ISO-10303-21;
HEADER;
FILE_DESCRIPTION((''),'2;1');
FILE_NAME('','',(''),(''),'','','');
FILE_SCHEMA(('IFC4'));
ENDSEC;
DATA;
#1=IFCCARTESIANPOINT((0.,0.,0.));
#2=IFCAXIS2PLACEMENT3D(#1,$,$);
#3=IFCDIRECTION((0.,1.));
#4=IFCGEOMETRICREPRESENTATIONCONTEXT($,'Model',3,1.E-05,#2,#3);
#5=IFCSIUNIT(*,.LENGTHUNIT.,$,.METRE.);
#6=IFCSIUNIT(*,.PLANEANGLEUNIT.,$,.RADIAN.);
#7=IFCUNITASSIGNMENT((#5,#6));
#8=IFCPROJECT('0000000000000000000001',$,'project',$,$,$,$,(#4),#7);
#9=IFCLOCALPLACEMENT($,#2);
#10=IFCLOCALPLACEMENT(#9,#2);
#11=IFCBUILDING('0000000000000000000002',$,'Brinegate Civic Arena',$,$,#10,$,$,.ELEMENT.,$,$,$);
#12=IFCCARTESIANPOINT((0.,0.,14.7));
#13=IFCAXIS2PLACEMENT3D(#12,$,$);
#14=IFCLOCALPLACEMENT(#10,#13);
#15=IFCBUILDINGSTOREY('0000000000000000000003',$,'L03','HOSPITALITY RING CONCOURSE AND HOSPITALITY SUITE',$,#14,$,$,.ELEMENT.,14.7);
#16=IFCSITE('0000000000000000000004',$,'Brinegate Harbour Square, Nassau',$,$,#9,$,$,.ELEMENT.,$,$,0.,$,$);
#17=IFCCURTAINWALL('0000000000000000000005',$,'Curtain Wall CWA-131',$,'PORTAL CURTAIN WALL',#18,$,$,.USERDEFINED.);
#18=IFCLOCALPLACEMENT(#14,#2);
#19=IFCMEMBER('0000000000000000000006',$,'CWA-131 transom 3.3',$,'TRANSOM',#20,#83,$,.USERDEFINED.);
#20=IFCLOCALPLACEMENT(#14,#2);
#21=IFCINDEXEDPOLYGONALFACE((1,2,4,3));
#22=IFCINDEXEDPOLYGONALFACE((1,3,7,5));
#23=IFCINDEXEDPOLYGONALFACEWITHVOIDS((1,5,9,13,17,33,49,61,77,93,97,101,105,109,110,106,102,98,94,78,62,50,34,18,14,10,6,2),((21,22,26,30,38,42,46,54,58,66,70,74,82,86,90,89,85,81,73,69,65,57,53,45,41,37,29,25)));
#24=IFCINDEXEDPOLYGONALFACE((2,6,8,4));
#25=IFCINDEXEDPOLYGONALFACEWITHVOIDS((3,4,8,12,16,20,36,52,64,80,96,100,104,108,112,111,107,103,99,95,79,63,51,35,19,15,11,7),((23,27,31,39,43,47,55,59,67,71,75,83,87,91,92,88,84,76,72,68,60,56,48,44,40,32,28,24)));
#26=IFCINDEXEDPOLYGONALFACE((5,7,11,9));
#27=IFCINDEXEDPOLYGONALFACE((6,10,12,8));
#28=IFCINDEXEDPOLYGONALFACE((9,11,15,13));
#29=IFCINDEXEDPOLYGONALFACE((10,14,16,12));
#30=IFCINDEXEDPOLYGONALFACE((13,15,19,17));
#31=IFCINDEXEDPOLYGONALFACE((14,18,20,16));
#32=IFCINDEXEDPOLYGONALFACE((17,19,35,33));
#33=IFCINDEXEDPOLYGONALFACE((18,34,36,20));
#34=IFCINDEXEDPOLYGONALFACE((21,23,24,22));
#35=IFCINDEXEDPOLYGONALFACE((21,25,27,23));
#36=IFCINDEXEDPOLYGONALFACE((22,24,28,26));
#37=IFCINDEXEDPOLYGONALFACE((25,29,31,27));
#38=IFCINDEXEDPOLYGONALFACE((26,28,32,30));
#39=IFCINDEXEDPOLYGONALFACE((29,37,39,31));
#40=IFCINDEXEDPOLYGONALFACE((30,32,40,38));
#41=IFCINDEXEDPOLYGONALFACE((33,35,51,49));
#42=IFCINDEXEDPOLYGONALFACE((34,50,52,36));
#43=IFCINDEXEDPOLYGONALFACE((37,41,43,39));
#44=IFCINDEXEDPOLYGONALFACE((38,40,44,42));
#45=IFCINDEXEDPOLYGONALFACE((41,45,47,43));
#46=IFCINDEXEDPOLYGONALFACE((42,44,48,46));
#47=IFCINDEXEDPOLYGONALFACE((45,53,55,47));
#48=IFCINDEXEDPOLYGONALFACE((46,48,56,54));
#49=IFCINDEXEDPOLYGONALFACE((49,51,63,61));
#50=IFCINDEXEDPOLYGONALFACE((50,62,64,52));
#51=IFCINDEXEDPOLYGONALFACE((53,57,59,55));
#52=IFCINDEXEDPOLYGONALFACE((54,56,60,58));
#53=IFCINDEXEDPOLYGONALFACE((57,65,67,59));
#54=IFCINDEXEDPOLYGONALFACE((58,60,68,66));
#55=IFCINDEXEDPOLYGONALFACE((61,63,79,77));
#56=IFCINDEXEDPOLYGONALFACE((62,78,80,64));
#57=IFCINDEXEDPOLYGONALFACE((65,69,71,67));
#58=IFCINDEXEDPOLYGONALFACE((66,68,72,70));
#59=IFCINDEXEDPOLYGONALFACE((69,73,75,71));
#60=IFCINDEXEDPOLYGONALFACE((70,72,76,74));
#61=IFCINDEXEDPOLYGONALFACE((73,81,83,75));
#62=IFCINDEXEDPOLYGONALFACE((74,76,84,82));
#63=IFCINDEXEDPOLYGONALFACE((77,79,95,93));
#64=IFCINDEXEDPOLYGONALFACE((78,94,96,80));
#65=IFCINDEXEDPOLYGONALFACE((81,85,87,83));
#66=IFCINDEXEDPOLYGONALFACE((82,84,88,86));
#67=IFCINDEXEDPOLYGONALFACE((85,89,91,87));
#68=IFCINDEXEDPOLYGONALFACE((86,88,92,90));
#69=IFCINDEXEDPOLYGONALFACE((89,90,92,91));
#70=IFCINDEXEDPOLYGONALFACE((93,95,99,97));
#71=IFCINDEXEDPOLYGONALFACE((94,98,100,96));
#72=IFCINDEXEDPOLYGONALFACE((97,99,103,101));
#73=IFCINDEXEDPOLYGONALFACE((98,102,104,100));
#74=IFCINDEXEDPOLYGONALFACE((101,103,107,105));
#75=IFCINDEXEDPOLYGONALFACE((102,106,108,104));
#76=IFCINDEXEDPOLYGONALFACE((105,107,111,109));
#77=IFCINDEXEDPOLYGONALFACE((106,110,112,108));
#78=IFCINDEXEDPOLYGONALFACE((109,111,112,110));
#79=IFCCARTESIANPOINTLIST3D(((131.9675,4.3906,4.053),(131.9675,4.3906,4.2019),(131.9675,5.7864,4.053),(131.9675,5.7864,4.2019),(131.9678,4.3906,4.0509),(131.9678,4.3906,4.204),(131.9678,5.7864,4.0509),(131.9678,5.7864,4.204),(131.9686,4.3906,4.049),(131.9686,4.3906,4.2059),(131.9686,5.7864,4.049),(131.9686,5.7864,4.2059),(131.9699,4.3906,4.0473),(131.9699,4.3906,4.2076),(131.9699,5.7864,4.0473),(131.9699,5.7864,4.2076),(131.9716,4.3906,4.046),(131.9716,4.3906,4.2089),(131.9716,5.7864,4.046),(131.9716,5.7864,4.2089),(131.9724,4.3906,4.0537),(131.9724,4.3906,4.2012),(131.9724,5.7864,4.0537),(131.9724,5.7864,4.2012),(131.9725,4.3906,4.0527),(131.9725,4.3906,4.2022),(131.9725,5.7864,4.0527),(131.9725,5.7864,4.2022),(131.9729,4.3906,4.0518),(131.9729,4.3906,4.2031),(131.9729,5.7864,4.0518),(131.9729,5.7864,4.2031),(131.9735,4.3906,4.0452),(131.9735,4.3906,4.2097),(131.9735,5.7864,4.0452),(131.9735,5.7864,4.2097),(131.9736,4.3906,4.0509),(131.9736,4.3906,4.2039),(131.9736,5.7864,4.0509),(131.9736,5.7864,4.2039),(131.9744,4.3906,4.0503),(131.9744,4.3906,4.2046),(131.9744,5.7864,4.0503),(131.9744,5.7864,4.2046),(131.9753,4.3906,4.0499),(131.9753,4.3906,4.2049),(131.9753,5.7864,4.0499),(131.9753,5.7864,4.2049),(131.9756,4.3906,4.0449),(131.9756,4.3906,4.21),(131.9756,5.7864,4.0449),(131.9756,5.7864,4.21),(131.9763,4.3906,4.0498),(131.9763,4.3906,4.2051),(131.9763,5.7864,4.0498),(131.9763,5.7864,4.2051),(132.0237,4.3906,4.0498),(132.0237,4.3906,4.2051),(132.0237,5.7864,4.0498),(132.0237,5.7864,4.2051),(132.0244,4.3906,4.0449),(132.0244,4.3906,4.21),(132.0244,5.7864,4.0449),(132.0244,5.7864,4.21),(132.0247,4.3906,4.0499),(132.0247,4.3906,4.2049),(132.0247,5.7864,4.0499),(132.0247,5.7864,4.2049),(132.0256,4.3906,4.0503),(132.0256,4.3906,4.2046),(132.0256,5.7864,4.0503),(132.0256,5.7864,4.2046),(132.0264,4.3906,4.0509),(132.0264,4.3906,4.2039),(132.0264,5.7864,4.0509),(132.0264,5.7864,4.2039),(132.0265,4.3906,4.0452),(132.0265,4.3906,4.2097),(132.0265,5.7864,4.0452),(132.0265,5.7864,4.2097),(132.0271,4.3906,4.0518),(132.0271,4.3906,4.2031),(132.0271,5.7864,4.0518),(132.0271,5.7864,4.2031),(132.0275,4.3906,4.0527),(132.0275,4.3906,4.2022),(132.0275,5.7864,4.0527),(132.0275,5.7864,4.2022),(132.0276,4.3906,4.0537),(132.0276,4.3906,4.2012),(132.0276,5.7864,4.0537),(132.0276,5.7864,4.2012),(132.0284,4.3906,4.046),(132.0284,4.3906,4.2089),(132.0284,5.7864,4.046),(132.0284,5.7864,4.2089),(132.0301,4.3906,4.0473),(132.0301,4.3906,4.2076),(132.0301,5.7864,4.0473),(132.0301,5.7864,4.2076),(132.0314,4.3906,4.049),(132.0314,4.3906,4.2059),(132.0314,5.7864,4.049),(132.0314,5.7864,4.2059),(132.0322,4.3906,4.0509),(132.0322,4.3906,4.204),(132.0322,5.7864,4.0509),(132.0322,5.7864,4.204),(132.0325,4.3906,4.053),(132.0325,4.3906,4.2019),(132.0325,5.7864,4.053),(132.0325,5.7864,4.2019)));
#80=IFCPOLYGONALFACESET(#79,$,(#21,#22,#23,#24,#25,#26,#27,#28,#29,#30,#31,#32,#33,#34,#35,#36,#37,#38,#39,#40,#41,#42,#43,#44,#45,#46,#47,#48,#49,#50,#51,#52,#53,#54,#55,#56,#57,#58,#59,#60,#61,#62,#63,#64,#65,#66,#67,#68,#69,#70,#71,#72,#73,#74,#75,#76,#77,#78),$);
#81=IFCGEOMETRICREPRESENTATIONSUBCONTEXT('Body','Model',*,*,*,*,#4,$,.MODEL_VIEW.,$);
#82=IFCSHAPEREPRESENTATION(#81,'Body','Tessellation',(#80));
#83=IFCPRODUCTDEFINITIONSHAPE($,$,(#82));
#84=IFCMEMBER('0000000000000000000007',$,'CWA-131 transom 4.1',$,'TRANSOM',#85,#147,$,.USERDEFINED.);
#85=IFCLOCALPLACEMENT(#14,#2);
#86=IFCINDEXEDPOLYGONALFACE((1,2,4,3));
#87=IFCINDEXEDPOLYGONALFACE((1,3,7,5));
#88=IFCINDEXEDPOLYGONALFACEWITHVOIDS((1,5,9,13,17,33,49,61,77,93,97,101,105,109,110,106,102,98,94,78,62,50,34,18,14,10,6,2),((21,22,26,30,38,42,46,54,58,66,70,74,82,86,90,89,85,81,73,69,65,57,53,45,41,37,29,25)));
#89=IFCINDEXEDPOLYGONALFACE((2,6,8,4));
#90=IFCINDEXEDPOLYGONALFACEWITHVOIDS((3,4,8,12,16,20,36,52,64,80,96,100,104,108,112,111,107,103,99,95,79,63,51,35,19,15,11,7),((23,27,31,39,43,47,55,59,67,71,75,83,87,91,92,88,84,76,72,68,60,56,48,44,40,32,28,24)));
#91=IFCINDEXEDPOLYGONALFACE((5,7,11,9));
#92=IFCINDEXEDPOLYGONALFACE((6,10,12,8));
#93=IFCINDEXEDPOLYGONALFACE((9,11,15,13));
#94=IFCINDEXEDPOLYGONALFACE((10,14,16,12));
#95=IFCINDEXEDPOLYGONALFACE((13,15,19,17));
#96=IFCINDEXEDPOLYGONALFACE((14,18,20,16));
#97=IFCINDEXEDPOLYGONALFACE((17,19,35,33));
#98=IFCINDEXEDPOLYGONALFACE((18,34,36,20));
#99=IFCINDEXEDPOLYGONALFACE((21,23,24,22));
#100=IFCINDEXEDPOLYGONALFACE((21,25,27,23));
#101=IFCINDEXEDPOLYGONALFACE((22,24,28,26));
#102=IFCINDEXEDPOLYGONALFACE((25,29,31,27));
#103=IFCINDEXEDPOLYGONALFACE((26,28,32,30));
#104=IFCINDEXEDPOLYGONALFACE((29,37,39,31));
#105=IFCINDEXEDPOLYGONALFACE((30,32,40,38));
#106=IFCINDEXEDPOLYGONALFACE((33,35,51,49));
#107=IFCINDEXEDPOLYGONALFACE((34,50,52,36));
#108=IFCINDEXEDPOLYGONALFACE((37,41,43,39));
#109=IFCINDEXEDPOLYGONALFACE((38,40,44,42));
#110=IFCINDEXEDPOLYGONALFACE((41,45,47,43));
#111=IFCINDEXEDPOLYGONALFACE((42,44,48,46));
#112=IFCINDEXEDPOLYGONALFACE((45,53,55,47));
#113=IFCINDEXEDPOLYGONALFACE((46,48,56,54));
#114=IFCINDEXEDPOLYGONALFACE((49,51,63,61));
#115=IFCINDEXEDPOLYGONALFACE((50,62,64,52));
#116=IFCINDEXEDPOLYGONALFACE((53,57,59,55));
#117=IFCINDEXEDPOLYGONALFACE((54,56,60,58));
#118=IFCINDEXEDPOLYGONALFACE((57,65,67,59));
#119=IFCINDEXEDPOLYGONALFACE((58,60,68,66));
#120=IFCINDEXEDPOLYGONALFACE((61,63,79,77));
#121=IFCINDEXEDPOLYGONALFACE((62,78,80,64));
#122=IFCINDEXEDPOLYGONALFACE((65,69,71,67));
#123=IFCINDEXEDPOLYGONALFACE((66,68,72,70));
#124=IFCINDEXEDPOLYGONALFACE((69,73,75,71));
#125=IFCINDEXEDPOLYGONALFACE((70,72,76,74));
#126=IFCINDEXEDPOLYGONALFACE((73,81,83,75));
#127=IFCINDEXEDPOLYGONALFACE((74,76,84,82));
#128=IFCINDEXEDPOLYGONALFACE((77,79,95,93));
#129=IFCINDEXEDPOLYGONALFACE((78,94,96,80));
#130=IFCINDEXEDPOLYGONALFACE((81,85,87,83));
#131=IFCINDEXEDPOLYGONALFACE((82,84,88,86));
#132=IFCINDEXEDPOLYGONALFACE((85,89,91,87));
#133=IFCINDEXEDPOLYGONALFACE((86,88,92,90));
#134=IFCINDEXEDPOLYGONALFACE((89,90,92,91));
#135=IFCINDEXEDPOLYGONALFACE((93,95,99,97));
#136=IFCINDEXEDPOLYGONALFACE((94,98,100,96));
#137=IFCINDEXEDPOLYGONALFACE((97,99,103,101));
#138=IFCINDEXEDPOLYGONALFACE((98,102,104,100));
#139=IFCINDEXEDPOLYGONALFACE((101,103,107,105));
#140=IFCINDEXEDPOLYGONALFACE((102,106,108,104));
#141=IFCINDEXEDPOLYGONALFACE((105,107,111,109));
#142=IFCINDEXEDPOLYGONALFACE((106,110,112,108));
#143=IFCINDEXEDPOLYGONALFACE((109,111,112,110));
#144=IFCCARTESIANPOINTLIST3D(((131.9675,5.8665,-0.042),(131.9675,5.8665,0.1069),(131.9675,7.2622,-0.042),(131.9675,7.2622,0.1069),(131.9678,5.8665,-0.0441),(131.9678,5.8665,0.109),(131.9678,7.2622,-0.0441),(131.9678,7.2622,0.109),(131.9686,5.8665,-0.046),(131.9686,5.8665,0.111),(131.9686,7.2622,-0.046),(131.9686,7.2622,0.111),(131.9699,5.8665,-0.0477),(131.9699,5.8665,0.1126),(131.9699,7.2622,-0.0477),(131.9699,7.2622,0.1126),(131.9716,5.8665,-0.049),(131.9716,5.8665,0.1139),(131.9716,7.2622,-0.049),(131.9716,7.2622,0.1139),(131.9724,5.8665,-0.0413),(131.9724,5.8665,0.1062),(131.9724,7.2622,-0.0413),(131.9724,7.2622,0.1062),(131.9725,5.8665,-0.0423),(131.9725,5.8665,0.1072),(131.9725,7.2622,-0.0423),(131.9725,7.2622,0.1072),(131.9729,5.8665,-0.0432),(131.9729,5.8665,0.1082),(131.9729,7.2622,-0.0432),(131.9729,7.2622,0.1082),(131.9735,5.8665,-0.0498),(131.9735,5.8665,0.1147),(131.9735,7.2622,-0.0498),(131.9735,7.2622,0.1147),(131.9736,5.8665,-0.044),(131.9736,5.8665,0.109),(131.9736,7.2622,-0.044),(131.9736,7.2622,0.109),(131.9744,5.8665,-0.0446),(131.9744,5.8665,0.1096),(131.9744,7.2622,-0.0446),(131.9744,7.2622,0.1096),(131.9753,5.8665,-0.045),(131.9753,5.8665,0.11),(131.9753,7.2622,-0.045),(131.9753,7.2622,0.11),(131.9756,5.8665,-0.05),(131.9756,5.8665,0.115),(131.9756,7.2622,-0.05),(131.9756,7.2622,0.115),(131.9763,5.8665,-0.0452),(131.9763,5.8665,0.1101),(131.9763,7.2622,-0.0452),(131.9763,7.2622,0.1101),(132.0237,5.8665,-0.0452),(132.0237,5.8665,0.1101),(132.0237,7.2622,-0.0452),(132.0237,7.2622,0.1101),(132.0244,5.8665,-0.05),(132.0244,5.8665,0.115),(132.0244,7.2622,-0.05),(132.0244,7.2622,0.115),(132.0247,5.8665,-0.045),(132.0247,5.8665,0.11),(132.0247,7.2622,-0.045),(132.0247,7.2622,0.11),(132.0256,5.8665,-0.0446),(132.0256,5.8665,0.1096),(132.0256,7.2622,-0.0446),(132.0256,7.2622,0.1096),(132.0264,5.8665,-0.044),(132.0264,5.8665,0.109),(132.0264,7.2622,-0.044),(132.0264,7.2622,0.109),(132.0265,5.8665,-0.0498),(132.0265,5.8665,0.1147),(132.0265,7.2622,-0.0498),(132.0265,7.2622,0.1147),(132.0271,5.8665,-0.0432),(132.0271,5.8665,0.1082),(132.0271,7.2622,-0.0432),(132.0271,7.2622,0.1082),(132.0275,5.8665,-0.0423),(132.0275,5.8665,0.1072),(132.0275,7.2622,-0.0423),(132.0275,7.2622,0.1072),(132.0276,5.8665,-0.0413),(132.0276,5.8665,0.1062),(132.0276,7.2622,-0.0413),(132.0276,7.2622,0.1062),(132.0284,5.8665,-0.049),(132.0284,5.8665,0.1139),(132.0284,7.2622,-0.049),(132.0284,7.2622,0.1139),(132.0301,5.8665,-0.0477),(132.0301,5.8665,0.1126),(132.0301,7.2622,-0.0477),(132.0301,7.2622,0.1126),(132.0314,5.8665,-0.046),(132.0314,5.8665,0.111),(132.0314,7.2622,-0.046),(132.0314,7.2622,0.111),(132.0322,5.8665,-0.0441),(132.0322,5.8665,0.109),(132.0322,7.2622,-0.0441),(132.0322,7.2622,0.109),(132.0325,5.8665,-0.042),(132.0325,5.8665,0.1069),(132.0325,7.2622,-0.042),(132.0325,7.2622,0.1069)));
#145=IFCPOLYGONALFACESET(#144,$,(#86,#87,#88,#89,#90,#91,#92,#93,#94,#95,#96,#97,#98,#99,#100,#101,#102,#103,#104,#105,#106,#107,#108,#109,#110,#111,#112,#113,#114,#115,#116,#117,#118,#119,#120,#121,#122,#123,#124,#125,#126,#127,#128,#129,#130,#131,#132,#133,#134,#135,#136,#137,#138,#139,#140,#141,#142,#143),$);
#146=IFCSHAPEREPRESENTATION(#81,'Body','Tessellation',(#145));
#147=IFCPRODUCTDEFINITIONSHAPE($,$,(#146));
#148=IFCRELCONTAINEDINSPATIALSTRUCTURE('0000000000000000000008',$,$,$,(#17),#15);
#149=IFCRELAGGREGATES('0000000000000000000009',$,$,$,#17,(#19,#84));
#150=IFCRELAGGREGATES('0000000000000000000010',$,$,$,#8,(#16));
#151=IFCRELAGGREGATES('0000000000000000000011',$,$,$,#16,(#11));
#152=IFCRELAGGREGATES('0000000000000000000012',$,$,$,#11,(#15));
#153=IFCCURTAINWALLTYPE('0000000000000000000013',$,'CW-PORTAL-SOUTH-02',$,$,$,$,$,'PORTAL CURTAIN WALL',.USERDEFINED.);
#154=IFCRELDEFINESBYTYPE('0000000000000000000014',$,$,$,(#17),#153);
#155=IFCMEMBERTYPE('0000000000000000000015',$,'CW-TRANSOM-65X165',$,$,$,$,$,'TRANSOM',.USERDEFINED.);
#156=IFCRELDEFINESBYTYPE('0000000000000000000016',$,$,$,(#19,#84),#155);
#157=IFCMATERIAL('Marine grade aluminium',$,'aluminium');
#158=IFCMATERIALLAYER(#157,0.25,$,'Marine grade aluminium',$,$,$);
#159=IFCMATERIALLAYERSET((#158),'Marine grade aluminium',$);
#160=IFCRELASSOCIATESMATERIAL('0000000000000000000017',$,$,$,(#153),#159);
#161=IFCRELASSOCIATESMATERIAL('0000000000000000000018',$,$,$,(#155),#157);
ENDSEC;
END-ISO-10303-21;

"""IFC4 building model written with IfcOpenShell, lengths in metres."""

from ifc_helpers import new_model, si_unit, direction, frame, origin, origin_2d, place, context, subcontext, project, spatial, hollow_rectangle, extrude, material, layer, layer_set, material_profile, profile_set, type_object, element, aggregate, save


model = new_model("IFC4")

# Units and contexts
model_context = context("Model", 3, precision=1e-05, world=origin(), true_north=direction((0.0, 1.0)))
body_context = subcontext(model_context, "Body", "Model", "MODEL_VIEW")
ifc_project = project(units=[si_unit("LENGTHUNIT", "METRE"), si_unit("PLANEANGLEUNIT", "RADIAN")], contexts=[model_context])

# Site, building, storey
site_placement = place(None, origin())
site = spatial("IfcSite", under=ifc_project, at=site_placement, Name="Brinegate Harbour Square, Nassau", CompositionType="ELEMENT", RefElevation=0.0)
building_placement = place(site_placement, origin())
building = spatial("IfcBuilding", under=site, at=building_placement, Name="Brinegate Civic Arena", CompositionType="ELEMENT")
storey_placement = place(building_placement, frame((0.0, 0.0, 14.7)))
storey = spatial("IfcBuildingStorey", under=building, at=storey_placement, Name="L03", Description="HOSPITALITY RING CONCOURSE AND HOSPITALITY SUITE", CompositionType="ELEMENT", Elevation=14.7)

# Curtain wall, members
ifc_material_1 = material(Name="Marine grade aluminium", Category="aluminium")
ifc_layer_1 = layer(ifc_material_1, 0.25, Name="Marine grade aluminium")
ifc_layer_set_1 = layer_set([ifc_layer_1], Name="Marine grade aluminium")
curtain_wall_type = type_object("IfcCurtainWallType", Name="CW-PORTAL-SOUTH-02", ElementType="PORTAL CURTAIN WALL", PredefinedType="USERDEFINED", material=ifc_layer_set_1)
curtain_wall_placement = place(storey_placement, origin())
curtain_wall = element("IfcCurtainWall", 1, at=curtain_wall_placement, inside=storey, type_object=curtain_wall_type, Name="Curtain Wall CWA-131", ObjectType="PORTAL CURTAIN WALL", PredefinedType="USERDEFINED")
ifc_material_profile_1 = material_profile(ifc_material_1, hollow_rectangle(XDim=0.0649, YDim=0.165, WallThickness=0.0049, InnerFilletRadius=0.0039, OuterFilletRadius=0.0081, at=origin_2d()), Name="TRN65X165")
ifc_profile_set_1 = profile_set([ifc_material_profile_1], Name="Marine grade aluminium")
member_type_1 = type_object("IfcMemberType", Name="CW-TRANSOM-65X165", ElementType="TRANSOM", PredefinedType="USERDEFINED", material=ifc_profile_set_1)
member_1_placement = place(storey_placement, frame((132.0, 4.3906, 4.1274), z_axis=(0.0, 1.0, 0.0), x_axis=(-1.0, 0.0, 0.0)))
member_1 = element("IfcMember", 2, at=member_1_placement, type_object=member_type_1, Name="CWA-131 transom 3.3", ObjectType="TRANSOM", PredefinedType="USERDEFINED", context=body_context, shape_type="SweptSolid", body=[
    extrude(hollow_rectangle(XDim=0.0649, YDim=0.165, WallThickness=0.0049, InnerFilletRadius=0.0039, OuterFilletRadius=0.0081, at=origin_2d()), origin(), (0.0, 0.0, 1.0), 1.3958),
])
member_2_placement = place(storey_placement, frame((132.0, 5.8665, 0.0325), z_axis=(0.0, 1.0, 0.0), x_axis=(-1.0, 0.0, 0.0)))
member_2 = element("IfcMember", 3, at=member_2_placement, type_object=member_type_1, Name="CWA-131 transom 4.1", ObjectType="TRANSOM", PredefinedType="USERDEFINED", context=body_context, shape_type="SweptSolid", body=[
    extrude(hollow_rectangle(XDim=0.0649, YDim=0.165, WallThickness=0.0049, InnerFilletRadius=0.0039, OuterFilletRadius=0.0081, at=origin_2d()), origin(), (0.0, 0.0, 1.0), 1.3958),
])

aggregate(curtain_wall, [member_1, member_2])

save(model, "model.ifc")
